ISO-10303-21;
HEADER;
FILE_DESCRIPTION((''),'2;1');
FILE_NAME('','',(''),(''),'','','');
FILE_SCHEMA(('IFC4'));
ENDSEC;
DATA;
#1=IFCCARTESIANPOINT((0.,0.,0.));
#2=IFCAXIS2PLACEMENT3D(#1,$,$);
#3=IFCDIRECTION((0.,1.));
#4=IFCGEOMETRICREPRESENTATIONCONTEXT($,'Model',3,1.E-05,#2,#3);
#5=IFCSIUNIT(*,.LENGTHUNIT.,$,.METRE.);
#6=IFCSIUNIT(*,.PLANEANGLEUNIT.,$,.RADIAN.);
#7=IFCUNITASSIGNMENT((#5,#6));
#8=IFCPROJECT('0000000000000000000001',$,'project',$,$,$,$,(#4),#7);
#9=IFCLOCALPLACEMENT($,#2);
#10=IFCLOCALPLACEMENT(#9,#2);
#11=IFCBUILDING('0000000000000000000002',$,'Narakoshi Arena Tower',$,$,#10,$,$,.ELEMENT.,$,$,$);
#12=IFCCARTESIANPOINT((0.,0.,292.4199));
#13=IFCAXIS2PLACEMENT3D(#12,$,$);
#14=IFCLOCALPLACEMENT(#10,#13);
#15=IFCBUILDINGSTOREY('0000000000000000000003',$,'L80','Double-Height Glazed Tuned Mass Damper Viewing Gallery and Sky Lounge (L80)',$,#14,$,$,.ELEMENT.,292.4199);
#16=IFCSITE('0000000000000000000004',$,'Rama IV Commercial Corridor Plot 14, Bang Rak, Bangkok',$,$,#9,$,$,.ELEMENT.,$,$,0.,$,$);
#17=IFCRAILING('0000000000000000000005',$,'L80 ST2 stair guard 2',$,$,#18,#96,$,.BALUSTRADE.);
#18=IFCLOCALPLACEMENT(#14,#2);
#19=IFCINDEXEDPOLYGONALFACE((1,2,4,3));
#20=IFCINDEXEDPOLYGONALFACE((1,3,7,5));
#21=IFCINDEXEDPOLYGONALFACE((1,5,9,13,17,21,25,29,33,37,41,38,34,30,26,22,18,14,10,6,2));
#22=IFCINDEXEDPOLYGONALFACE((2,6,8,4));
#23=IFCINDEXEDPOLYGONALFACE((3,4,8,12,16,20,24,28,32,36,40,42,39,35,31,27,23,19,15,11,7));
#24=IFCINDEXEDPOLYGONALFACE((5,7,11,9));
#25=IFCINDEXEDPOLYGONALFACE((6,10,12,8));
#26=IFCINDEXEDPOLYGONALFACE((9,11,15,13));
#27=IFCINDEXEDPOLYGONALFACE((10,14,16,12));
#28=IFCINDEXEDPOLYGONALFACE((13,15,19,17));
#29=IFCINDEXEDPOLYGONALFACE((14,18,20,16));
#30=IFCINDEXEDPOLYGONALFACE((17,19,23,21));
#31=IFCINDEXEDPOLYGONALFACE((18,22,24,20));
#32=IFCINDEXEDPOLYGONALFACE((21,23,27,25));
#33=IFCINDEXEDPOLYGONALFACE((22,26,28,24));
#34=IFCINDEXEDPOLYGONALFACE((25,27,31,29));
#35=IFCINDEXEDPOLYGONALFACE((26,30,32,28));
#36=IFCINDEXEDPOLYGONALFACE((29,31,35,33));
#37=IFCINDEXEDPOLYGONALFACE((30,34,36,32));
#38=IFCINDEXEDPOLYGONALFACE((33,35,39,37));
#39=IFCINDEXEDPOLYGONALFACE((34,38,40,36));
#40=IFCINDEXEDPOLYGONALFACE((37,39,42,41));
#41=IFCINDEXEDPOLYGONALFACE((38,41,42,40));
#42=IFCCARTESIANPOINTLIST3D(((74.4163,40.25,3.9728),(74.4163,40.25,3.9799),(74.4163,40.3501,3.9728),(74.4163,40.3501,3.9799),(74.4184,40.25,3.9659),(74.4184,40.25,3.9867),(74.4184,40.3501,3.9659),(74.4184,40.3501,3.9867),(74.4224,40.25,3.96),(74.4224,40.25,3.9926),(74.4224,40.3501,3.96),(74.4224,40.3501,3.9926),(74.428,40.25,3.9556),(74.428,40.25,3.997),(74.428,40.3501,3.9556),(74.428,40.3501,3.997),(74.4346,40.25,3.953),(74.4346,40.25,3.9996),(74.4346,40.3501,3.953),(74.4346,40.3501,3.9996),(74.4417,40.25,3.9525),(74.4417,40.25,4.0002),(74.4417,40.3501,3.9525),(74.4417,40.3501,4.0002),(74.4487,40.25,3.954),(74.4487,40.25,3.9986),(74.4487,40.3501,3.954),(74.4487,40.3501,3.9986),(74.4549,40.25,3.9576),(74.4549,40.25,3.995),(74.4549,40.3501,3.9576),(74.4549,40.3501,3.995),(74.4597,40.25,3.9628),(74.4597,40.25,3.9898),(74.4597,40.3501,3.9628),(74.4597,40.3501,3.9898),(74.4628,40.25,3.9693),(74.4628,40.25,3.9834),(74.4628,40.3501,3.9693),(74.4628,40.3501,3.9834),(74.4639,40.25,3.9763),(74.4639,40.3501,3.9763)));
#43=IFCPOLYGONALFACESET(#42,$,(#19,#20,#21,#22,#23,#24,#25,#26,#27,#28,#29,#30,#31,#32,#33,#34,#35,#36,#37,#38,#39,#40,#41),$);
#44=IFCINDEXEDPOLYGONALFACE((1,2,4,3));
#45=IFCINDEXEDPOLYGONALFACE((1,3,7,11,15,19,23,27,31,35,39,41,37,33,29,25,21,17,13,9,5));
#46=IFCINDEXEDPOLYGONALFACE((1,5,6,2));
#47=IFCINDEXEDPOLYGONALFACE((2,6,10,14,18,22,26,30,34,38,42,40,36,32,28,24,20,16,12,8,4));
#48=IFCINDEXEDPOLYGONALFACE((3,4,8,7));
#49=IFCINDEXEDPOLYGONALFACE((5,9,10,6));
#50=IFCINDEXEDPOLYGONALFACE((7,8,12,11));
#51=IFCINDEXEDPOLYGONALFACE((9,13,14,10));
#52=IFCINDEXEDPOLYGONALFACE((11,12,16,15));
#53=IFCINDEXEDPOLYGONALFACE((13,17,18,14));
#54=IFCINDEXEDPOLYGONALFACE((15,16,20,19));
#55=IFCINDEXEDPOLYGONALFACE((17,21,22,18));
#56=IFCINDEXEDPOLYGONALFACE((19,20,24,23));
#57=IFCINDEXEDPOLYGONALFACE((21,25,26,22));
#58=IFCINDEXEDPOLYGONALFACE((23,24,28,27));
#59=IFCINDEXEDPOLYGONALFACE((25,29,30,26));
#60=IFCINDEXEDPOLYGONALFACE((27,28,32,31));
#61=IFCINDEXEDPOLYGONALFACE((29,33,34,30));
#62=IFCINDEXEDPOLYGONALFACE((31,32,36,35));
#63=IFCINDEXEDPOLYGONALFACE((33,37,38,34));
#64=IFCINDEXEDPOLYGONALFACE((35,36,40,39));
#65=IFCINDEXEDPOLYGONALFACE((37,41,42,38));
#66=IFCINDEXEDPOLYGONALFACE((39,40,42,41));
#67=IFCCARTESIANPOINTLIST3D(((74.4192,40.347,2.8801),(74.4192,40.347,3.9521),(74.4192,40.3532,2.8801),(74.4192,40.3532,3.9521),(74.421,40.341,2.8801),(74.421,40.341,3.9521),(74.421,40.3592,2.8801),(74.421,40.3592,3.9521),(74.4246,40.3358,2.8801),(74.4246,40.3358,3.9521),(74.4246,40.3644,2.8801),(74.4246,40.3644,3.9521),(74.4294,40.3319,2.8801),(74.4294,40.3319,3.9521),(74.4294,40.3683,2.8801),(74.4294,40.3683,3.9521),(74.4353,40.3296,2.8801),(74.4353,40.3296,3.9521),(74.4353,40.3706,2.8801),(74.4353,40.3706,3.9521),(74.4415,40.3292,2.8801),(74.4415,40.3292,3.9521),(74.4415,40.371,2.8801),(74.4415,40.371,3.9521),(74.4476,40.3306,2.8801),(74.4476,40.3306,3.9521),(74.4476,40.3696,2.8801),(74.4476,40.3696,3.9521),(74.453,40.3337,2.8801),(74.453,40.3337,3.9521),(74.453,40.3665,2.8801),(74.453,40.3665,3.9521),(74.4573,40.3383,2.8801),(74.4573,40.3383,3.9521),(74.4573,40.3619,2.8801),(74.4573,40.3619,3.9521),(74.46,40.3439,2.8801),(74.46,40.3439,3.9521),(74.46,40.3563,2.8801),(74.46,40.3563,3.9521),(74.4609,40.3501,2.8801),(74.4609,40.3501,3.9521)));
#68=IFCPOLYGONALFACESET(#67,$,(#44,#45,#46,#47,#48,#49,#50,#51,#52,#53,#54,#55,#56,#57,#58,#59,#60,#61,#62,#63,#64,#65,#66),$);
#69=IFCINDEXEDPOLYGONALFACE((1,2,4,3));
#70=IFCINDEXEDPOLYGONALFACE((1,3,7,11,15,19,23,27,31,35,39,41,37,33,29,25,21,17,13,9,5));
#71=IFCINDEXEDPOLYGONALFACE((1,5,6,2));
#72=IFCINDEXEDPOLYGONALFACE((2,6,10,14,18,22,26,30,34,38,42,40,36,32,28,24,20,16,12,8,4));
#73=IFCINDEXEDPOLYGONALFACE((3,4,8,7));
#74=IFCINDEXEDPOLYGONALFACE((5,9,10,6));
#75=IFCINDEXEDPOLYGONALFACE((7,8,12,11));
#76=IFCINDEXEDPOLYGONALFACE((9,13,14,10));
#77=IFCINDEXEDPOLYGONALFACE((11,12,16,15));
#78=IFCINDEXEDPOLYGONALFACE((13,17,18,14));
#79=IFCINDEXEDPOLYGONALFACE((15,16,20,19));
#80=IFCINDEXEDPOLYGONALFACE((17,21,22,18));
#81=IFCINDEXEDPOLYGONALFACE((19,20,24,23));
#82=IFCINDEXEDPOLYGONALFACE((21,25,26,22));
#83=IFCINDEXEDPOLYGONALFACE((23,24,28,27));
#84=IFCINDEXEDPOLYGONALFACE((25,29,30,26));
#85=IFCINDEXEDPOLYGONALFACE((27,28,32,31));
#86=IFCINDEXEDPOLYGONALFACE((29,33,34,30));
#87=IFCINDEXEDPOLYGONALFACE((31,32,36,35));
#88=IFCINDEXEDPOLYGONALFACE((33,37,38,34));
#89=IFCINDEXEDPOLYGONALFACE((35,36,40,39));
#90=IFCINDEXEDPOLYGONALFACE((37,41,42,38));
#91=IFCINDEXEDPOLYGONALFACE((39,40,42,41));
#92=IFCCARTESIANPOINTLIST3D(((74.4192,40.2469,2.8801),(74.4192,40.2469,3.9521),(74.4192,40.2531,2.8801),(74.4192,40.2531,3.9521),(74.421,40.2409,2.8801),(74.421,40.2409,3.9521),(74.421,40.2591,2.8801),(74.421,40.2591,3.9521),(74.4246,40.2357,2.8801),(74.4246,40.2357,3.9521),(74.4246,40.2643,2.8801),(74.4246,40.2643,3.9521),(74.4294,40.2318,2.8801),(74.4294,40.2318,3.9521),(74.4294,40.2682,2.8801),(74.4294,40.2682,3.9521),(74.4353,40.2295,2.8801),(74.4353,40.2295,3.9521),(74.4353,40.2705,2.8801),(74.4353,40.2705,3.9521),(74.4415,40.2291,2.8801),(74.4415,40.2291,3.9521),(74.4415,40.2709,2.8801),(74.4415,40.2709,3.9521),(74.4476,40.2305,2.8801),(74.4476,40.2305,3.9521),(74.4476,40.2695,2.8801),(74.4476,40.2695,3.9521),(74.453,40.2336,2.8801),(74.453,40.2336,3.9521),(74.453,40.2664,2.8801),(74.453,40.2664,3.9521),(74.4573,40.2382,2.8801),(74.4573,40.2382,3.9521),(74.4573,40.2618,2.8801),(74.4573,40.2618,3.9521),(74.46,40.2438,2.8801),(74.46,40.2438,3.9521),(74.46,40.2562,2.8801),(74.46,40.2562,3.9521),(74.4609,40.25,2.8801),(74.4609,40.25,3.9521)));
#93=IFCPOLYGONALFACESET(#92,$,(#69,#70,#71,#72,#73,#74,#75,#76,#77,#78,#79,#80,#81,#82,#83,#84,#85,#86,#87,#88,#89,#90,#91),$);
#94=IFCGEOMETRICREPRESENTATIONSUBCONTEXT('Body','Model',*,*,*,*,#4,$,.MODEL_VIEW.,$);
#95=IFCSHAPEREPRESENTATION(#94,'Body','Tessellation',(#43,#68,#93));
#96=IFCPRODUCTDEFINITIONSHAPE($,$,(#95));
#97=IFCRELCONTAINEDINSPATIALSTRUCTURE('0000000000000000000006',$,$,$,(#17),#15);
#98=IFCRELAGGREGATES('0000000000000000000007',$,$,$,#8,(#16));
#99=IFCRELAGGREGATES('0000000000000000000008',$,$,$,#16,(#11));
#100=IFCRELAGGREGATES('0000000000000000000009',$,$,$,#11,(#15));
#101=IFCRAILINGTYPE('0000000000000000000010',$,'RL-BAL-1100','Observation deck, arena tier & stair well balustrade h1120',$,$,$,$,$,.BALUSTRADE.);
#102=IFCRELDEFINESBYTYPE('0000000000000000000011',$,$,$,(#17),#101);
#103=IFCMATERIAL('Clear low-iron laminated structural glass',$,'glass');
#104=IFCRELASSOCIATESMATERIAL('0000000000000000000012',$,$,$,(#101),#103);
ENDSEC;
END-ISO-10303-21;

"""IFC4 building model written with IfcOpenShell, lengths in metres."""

from ifc_helpers import new_model, si_unit, direction, frame, origin, origin_2d, place, context, subcontext, project, spatial, circle, extrude, material, type_object, element, save


model = new_model("IFC4")

# Units and contexts
model_context = context("Model", 3, precision=1e-05, world=origin(), true_north=direction((0.0, 1.0)))
body_context = subcontext(model_context, "Body", "Model", "MODEL_VIEW")
ifc_project = project(units=[si_unit("LENGTHUNIT", "METRE"), si_unit("PLANEANGLEUNIT", "RADIAN")], contexts=[model_context])

# Site, building, storey
site_placement = place(None, origin())
site = spatial("IfcSite", under=ifc_project, at=site_placement, Name="Rama IV Commercial Corridor Plot 14, Bang Rak, Bangkok", CompositionType="ELEMENT", RefElevation=0.0)
building_placement = place(site_placement, origin())
building = spatial("IfcBuilding", under=site, at=building_placement, Name="Narakoshi Arena Tower", CompositionType="ELEMENT")
storey_placement = place(building_placement, frame((0.0, 0.0, 292.4199)))
storey = spatial("IfcBuildingStorey", under=building, at=storey_placement, Name="L80", Description="Double-Height Glazed Tuned Mass Damper Viewing Gallery and Sky Lounge (L80)", CompositionType="ELEMENT", Elevation=292.4199)

# Railing
ifc_material_1 = material(Name="Clear low-iron laminated structural glass", Category="glass")
railing_type_1 = type_object("IfcRailingType", Name="RL-BAL-1100", Description="Observation deck, arena tier & stair well balustrade h1120", PredefinedType="BALUSTRADE", material=ifc_material_1)
railing_1_placement = place(storey_placement, frame((74.4399, 40.3501, 2.8801)))
element("IfcRailing", 1, at=railing_1_placement, inside=storey, type_object=railing_type_1, Name="L80 ST2 stair guard 2", PredefinedType="BALUSTRADE", context=body_context, shape_type="SweptSolid", body=[
    extrude(circle(Radius=0.0239, at=origin_2d()), frame((0.0, 0.0, 1.0962), z_axis=(0.0, -1.0, 0.0), x_axis=(1.0, 0.0, 0.0)), (0.0, 0.0, 1.0), 0.1001),
    extrude(circle(Radius=0.021, at=origin_2d()), origin(), (0.0, 0.0, 1.0), 1.072),
    extrude(circle(Radius=0.021, at=origin_2d()), frame((0.0, -0.1001, 0.0)), (0.0, 0.0, 1.0), 1.072),
])

save(model, "model.ifc")
